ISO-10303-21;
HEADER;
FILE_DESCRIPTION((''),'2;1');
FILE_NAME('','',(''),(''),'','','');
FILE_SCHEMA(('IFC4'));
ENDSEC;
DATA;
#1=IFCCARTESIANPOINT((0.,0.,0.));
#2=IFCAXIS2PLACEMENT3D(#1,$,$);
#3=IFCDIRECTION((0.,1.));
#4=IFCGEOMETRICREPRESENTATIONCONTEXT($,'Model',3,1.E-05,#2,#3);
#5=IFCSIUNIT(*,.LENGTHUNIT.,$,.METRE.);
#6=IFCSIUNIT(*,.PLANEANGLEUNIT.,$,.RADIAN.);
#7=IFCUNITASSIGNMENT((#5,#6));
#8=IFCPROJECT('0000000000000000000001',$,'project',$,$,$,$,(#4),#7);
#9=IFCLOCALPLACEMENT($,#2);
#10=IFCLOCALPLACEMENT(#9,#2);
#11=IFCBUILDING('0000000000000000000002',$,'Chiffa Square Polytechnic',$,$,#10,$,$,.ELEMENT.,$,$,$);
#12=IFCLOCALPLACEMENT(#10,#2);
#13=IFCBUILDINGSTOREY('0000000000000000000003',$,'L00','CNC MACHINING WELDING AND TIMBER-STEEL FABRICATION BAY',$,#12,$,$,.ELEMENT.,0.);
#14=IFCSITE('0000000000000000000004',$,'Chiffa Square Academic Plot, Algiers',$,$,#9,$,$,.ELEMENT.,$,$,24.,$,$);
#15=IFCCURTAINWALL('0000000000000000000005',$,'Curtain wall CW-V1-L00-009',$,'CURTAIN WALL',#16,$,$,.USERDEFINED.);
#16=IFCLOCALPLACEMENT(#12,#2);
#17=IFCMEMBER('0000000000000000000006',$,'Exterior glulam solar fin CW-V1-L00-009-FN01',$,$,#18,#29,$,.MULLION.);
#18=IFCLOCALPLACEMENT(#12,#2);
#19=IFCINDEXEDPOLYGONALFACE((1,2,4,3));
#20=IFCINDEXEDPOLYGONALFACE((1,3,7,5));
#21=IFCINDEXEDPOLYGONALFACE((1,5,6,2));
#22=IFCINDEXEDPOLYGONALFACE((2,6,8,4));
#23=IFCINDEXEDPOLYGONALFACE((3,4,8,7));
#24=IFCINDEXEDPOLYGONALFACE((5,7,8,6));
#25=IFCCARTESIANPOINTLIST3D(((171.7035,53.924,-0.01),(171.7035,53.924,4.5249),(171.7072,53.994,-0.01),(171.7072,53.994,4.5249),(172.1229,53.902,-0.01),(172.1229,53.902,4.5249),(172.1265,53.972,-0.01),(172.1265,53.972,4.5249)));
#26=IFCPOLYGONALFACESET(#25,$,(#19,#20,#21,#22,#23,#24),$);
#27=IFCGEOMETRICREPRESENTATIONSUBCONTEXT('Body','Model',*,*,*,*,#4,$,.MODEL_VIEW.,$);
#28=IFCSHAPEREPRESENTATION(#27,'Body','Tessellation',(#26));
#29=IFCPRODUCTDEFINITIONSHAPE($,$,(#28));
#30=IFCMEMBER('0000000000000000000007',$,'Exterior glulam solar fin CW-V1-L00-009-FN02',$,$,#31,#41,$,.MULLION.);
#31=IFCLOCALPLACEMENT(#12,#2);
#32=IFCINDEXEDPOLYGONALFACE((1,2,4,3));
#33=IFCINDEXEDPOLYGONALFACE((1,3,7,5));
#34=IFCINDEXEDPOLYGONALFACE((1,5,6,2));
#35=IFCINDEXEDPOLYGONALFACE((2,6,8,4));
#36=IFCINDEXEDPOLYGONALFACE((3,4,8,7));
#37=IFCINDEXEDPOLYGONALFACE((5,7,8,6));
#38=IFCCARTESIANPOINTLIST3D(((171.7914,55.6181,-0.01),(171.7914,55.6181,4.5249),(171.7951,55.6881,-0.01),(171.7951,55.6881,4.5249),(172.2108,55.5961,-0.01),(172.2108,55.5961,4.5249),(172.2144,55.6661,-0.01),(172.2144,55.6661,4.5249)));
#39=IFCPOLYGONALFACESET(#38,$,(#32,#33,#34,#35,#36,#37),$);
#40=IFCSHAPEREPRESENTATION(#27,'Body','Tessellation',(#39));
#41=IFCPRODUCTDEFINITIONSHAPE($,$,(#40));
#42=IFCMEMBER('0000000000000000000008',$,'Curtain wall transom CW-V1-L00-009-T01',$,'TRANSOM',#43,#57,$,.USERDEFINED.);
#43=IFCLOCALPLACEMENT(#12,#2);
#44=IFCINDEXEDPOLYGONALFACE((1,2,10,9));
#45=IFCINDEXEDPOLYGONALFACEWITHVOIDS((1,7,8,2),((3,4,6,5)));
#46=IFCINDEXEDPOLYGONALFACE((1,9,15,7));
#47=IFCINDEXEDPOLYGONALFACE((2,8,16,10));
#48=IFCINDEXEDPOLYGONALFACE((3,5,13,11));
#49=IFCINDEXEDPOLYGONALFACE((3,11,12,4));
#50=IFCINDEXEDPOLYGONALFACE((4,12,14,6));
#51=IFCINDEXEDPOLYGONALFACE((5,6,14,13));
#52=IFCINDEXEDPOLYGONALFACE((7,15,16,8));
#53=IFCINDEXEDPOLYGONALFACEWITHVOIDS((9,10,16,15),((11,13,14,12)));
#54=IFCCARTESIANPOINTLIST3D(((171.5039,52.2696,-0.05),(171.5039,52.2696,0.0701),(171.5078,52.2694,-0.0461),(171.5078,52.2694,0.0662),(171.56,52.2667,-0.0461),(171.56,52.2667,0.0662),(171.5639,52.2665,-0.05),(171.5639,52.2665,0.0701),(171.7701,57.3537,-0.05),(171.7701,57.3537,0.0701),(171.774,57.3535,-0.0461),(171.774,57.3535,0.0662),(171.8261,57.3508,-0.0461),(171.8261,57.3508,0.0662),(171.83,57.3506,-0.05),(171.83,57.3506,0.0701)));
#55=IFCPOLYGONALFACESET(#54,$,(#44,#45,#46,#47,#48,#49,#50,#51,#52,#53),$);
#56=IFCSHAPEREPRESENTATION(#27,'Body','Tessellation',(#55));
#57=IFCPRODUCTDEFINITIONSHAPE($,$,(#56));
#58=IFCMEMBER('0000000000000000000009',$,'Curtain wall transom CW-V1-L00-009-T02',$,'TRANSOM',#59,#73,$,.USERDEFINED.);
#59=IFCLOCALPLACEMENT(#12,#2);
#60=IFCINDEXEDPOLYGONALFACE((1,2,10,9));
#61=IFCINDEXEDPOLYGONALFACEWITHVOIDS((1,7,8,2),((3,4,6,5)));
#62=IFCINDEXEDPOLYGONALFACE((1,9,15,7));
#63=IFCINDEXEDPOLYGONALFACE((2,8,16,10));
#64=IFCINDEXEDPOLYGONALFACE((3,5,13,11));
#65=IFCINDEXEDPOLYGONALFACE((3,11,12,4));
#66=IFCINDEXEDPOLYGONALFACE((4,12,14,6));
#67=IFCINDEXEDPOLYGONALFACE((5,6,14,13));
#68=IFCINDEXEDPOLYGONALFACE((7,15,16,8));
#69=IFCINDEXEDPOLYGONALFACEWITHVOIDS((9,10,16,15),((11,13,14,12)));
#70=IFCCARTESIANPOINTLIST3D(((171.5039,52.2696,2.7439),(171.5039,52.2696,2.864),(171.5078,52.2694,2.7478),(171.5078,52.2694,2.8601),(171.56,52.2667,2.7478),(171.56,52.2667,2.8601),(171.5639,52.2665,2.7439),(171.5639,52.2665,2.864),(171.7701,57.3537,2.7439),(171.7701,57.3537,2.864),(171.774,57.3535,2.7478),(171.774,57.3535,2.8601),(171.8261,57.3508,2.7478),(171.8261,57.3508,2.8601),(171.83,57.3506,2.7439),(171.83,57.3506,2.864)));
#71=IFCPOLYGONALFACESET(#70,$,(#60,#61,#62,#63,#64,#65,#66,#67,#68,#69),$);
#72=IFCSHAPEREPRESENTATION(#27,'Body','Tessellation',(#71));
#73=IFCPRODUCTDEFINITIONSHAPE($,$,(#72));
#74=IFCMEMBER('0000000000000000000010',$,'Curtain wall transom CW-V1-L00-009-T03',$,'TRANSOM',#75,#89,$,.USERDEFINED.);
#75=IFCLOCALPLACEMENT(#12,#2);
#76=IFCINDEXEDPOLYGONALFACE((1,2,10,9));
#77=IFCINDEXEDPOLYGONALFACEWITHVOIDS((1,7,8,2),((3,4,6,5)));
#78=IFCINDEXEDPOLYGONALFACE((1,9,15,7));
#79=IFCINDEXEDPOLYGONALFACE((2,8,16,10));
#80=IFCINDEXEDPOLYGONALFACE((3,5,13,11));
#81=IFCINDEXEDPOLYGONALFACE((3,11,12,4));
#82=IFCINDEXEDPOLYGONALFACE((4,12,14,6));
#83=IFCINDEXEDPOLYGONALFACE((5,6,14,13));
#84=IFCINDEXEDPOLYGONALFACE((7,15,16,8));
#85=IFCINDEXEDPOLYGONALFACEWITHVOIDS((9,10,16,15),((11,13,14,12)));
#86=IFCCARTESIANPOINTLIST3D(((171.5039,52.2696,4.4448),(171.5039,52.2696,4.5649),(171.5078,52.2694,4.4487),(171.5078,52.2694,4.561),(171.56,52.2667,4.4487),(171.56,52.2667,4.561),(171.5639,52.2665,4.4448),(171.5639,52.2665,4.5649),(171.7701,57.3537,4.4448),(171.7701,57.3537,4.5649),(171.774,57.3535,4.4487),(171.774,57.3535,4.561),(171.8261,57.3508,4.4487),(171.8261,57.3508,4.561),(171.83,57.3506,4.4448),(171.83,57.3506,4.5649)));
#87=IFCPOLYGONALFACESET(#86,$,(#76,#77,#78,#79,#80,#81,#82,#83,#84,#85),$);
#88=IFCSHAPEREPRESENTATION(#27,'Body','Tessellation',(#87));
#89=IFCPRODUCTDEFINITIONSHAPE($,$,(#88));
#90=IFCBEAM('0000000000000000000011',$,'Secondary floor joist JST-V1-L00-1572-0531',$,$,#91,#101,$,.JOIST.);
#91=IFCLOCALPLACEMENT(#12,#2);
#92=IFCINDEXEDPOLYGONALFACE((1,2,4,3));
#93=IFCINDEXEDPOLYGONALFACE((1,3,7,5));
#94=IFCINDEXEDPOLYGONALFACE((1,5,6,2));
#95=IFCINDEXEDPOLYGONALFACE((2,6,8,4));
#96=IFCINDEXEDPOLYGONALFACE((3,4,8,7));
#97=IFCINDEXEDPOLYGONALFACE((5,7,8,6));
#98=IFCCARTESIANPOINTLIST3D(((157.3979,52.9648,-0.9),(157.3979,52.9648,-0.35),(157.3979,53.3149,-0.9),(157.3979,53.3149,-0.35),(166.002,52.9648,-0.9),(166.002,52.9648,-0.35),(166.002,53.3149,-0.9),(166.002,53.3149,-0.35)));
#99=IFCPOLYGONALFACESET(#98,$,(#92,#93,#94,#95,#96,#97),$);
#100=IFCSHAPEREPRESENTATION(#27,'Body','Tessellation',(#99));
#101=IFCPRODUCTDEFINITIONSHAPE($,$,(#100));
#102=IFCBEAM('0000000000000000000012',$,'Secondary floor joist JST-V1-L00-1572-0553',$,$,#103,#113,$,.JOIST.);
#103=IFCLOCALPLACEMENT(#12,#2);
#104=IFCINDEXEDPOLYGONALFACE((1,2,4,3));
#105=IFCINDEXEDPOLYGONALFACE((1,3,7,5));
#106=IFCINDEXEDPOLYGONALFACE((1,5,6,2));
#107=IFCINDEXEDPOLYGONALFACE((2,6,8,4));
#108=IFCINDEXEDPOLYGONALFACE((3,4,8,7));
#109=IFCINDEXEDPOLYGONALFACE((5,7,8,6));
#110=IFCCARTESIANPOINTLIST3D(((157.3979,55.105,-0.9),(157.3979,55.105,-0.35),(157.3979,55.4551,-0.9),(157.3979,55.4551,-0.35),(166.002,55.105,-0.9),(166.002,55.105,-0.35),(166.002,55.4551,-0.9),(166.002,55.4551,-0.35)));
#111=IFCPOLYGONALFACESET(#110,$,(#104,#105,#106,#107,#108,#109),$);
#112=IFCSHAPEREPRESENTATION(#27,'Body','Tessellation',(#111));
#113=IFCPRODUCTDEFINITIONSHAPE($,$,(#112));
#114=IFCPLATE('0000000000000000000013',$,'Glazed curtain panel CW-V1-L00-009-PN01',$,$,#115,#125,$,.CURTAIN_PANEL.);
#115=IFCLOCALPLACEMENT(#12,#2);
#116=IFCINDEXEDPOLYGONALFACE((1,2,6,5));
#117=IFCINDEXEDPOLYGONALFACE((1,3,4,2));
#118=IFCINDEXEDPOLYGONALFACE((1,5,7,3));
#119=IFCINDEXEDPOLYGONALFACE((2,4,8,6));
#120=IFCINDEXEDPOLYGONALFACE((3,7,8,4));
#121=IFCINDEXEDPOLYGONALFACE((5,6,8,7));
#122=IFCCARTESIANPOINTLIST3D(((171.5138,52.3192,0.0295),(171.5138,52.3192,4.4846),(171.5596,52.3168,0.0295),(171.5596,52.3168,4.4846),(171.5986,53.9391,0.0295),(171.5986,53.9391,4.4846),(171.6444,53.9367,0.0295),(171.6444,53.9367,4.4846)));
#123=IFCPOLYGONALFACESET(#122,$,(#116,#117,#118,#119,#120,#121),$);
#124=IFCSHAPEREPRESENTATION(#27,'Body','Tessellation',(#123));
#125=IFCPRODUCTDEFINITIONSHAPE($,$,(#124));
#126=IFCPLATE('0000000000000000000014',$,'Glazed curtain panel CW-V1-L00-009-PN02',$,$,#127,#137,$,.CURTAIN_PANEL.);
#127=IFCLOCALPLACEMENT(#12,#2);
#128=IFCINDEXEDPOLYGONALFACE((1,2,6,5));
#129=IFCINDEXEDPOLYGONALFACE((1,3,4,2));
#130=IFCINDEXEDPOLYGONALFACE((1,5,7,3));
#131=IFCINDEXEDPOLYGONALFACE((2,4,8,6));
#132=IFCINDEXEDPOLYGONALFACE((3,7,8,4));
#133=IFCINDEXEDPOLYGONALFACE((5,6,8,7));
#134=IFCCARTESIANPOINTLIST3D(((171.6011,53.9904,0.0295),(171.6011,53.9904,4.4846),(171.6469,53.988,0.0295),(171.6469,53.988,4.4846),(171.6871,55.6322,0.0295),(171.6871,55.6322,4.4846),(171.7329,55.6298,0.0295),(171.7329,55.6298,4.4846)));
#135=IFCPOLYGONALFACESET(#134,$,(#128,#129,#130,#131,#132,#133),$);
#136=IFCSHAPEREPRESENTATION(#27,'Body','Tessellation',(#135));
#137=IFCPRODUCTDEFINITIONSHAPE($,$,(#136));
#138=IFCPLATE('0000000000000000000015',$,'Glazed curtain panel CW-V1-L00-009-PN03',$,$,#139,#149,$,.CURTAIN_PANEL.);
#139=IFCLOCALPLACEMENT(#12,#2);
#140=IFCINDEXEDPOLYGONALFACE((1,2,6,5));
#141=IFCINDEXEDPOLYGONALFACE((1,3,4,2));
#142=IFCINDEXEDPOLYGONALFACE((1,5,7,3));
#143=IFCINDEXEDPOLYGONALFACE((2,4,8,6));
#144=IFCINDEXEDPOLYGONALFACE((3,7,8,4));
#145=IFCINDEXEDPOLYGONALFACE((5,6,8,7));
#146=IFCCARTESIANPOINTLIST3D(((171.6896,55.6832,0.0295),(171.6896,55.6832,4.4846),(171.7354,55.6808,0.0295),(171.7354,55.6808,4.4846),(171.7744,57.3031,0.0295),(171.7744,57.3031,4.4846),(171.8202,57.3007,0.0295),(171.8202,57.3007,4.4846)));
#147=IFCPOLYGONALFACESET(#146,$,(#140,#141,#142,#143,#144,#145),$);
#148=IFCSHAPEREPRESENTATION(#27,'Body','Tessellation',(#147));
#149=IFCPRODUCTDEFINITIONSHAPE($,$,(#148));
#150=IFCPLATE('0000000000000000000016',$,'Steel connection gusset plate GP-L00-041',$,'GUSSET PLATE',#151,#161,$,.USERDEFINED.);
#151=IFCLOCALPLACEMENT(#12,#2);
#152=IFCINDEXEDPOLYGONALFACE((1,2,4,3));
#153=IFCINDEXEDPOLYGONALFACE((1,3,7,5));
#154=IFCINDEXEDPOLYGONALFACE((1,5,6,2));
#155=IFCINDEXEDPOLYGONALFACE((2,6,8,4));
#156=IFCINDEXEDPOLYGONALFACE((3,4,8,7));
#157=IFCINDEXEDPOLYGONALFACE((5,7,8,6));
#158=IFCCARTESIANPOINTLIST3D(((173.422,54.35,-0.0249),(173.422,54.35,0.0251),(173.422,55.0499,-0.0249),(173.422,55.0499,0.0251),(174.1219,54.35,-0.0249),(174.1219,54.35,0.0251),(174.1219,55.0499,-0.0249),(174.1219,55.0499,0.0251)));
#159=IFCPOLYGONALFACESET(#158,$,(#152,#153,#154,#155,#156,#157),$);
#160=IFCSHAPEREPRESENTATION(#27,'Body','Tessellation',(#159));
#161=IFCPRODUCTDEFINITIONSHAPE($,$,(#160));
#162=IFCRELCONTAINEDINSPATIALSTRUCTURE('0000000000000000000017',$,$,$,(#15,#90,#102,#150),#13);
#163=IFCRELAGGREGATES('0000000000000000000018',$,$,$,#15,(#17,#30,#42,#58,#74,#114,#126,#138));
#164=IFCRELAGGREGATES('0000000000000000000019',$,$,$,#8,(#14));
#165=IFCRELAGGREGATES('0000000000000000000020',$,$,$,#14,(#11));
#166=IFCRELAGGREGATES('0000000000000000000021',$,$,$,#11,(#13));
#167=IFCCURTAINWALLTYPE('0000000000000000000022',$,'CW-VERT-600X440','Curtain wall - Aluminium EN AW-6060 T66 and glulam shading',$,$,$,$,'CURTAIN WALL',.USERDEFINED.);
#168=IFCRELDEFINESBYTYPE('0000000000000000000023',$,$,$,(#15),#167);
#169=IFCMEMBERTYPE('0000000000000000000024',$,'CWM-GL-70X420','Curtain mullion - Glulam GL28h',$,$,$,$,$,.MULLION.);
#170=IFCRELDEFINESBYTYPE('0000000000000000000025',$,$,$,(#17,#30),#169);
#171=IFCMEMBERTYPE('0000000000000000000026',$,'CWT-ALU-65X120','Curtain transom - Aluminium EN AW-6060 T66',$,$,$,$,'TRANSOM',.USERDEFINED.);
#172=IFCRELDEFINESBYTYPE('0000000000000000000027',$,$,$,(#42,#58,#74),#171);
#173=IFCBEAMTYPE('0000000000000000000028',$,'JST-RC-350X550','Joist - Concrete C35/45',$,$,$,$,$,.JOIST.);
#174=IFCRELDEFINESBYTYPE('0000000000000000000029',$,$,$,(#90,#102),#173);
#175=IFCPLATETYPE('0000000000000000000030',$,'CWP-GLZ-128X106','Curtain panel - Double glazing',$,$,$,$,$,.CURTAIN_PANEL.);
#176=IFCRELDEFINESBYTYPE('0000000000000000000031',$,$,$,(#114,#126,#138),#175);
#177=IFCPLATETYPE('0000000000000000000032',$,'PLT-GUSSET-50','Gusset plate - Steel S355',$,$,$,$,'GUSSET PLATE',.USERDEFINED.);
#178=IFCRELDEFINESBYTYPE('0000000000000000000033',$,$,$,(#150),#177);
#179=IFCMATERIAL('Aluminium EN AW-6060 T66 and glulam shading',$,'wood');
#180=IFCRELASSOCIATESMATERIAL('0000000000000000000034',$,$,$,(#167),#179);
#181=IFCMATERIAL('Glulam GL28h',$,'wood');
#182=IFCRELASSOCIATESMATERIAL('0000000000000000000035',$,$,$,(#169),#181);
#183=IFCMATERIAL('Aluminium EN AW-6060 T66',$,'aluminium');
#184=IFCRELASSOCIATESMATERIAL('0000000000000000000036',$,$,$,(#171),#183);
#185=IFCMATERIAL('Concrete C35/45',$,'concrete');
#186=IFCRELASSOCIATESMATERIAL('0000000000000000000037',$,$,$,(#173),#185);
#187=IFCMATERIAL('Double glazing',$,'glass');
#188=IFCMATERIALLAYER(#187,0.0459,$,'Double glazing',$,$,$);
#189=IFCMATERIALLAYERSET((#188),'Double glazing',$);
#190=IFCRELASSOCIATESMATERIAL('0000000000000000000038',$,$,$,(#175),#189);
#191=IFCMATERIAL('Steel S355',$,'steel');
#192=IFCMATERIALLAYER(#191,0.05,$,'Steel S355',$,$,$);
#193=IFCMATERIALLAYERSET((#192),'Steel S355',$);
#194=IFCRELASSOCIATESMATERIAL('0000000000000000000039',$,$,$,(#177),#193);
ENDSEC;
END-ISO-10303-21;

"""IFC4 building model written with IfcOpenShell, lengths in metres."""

from ifc_helpers import new_model, si_unit, direction, frame, origin, origin_2d, place, context, subcontext, project, spatial, rectangle, hollow_rectangle, extrude, material, layer, layer_set, material_profile, profile_set, type_object, element, aggregate, save


model = new_model("IFC4")

# Units and contexts
model_context = context("Model", 3, precision=1e-05, world=origin(), true_north=direction((0.0, 1.0)))
body_context = subcontext(model_context, "Body", "Model", "MODEL_VIEW")
ifc_project = project(units=[si_unit("LENGTHUNIT", "METRE"), si_unit("PLANEANGLEUNIT", "RADIAN")], contexts=[model_context])

# Site, building, storey
site_placement = place(None, origin())
site = spatial("IfcSite", under=ifc_project, at=site_placement, Name="Chiffa Square Academic Plot, Algiers", CompositionType="ELEMENT", RefElevation=24.0)
building_placement = place(site_placement, origin())
building = spatial("IfcBuilding", under=site, at=building_placement, Name="Chiffa Square Polytechnic", CompositionType="ELEMENT")
storey_placement = place(building_placement, origin())
storey = spatial("IfcBuildingStorey", under=building, at=storey_placement, Name="L00", Description="CNC MACHINING WELDING AND TIMBER-STEEL FABRICATION BAY", CompositionType="ELEMENT", Elevation=0.0)

# Shared definitions
ifc_material_1 = material(Name="Steel S355", Category="steel")

# Curtain wall, members
ifc_material_2 = material(Name="Aluminium EN AW-6060 T66 and glulam shading", Category="wood")
curtain_wall_type = type_object("IfcCurtainWallType", Name="CW-VERT-600X440", Description="Curtain wall - Aluminium EN AW-6060 T66 and glulam shading", ElementType="CURTAIN WALL", PredefinedType="USERDEFINED", material=ifc_material_2)
curtain_wall_placement = place(storey_placement, origin())
curtain_wall = element("IfcCurtainWall", 1, at=curtain_wall_placement, inside=storey, type_object=curtain_wall_type, Name="Curtain wall CW-V1-L00-009", ObjectType="CURTAIN WALL", PredefinedType="USERDEFINED")
ifc_material_3 = material(Name="Aluminium EN AW-6060 T66", Category="aluminium")
ifc_material_4 = material(Name="Glulam GL28h", Category="wood")
ifc_material_profile_1 = material_profile(ifc_material_4, rectangle(XDim=0.0701, YDim=0.4199, at=origin_2d()), Name="GL28h 70x420")
ifc_profile_set_1 = profile_set([ifc_material_profile_1], Name="Glulam GL28h")
member_type_1 = type_object("IfcMemberType", Name="CWM-GL-70X420", Description="Curtain mullion - Glulam GL28h", PredefinedType="MULLION", material=ifc_profile_set_1)
member_1_placement = place(storey_placement, frame((171.915, 53.948, -0.01), z_axis=(0.0, 0.0, 1.0), x_axis=(0.052284, 0.998632, 0.0)))
member_1 = element("IfcMember", 2, at=member_1_placement, type_object=member_type_1, Name="Exterior glulam solar fin CW-V1-L00-009-FN01", PredefinedType="MULLION", context=body_context, shape_type="SweptSolid", body=[
    extrude(rectangle(XDim=0.0701, YDim=0.4199, at=origin_2d()), origin(), (0.0, 0.0, 1.0), 4.5349),
])
member_2_placement = place(storey_placement, frame((172.0029, 55.6421, -0.01), z_axis=(0.0, 0.0, 1.0), x_axis=(0.052284, 0.998632, 0.0)))
member_2 = element("IfcMember", 3, at=member_2_placement, type_object=member_type_1, Name="Exterior glulam solar fin CW-V1-L00-009-FN02", PredefinedType="MULLION", context=body_context, shape_type="SweptSolid", body=[
    extrude(rectangle(XDim=0.0701, YDim=0.4199, at=origin_2d()), origin(), (0.0, 0.0, 1.0), 4.5349),
])
ifc_material_profile_2 = material_profile(ifc_material_3, hollow_rectangle(XDim=0.0601, YDim=0.1201, WallThickness=0.0039, at=origin_2d()), Name="ALU 60x120x4")
ifc_profile_set_2 = profile_set([ifc_material_profile_2], Name="Aluminium EN AW-6060 T66")
member_type_2 = type_object("IfcMemberType", Name="CWT-ALU-65X120", Description="Curtain transom - Aluminium EN AW-6060 T66", ElementType="TRANSOM", PredefinedType="USERDEFINED", material=ifc_profile_set_2)
member_3_placement = place(storey_placement, frame((171.5339, 52.2681, 0.01), z_axis=(0.052272, 0.998633, 0.0), x_axis=(-0.998633, 0.052272, 0.0)))
member_3 = element("IfcMember", 4, at=member_3_placement, type_object=member_type_2, Name="Curtain wall transom CW-V1-L00-009-T01", ObjectType="TRANSOM", PredefinedType="USERDEFINED", context=body_context, shape_type="SweptSolid", body=[
    extrude(hollow_rectangle(XDim=0.0601, YDim=0.1201, WallThickness=0.0039, at=origin_2d()), origin(), (0.0, 0.0, 1.0), 5.0911),
])
member_4_placement = place(storey_placement, frame((171.5339, 52.2681, 2.804), z_axis=(0.052272, 0.998633, 0.0), x_axis=(-0.998633, 0.052272, 0.0)))
member_4 = element("IfcMember", 5, at=member_4_placement, type_object=member_type_2, Name="Curtain wall transom CW-V1-L00-009-T02", ObjectType="TRANSOM", PredefinedType="USERDEFINED", context=body_context, shape_type="SweptSolid", body=[
    extrude(hollow_rectangle(XDim=0.0601, YDim=0.1201, WallThickness=0.0039, at=origin_2d()), origin(), (0.0, 0.0, 1.0), 5.0911),
])
member_5_placement = place(storey_placement, frame((171.5339, 52.2681, 4.5049), z_axis=(0.052272, 0.998633, 0.0), x_axis=(-0.998633, 0.052272, 0.0)))
member_5 = element("IfcMember", 6, at=member_5_placement, type_object=member_type_2, Name="Curtain wall transom CW-V1-L00-009-T03", ObjectType="TRANSOM", PredefinedType="USERDEFINED", context=body_context, shape_type="SweptSolid", body=[
    extrude(hollow_rectangle(XDim=0.0601, YDim=0.1201, WallThickness=0.0039, at=origin_2d()), origin(), (0.0, 0.0, 1.0), 5.0911),
])

# Beams
ifc_material_5 = material(Name="Concrete C35/45", Category="concrete")
ifc_material_profile_3 = material_profile(ifc_material_5, rectangle(XDim=0.3501, YDim=0.55, at=origin_2d()), Name="RC 350x550")
ifc_profile_set_3 = profile_set([ifc_material_profile_3], Name="Concrete C35/45")
beam_type = type_object("IfcBeamType", Name="JST-RC-350X550", Description="Joist - Concrete C35/45", PredefinedType="JOIST", material=ifc_profile_set_3)
for number, where, z_axis, x_axis, name in (
    (7, (157.3979, 53.1399, -0.625), (1.0, 0.0, 0.0), (0.0, 1.0, 0.0), "Secondary floor joist JST-V1-L00-1572-0531"),
    (8, (157.3979, 55.28, -0.625), (1.0, 0.0, 0.0), (0.0, 1.0, 0.0), "Secondary floor joist JST-V1-L00-1572-0553"),
):
    element("IfcBeam", number, at=place(storey_placement, frame(where, z_axis=z_axis, x_axis=x_axis)), inside=storey, type_object=beam_type, Name=name, PredefinedType="JOIST", context=body_context, shape_type="SweptSolid", body=[
        extrude(rectangle(XDim=0.3501, YDim=0.55, at=origin_2d()), origin(), (0.0, 0.0, 1.0), 8.604),
    ])

# Plates
ifc_material_6 = material(Name="Double glazing", Category="glass")
ifc_layer_1 = layer(ifc_material_6, 0.0459, Name="Double glazing")
ifc_layer_set_1 = layer_set([ifc_layer_1], Name="Double glazing")
plate_type_1 = type_object("IfcPlateType", Name="CWP-GLZ-128X106", Description="Curtain panel - Double glazing", PredefinedType="CURTAIN_PANEL", material=ifc_layer_set_1)
plate_1_placement = place(storey_placement, frame((171.5791, 53.1279, 0.0295), z_axis=(0.0, 0.0, 1.0), x_axis=(0.052284, 0.998632, 0.0)))
plate_1 = element("IfcPlate", 9, at=plate_1_placement, type_object=plate_type_1, Name="Glazed curtain panel CW-V1-L00-009-PN01", PredefinedType="CURTAIN_PANEL", context=body_context, shape_type="SweptSolid", body=[
    extrude(rectangle(XDim=1.6221, YDim=0.0459, at=origin_2d()), origin(), (0.0, 0.0, 1.0), 4.4551),
])
plate_2_placement = place(storey_placement, frame((171.667, 54.8101, 0.0295), z_axis=(0.0, 0.0, 1.0), x_axis=(0.052284, 0.998632, 0.0)))
plate_2 = element("IfcPlate", 10, at=plate_2_placement, type_object=plate_type_1, Name="Glazed curtain panel CW-V1-L00-009-PN02", PredefinedType="CURTAIN_PANEL", context=body_context, shape_type="SweptSolid", body=[
    extrude(rectangle(XDim=1.644, YDim=0.0459, at=origin_2d()), origin(), (0.0, 0.0, 1.0), 4.4551),
])
plate_3_placement = place(storey_placement, frame((171.7549, 56.4919, 0.0295), z_axis=(0.0, 0.0, 1.0), x_axis=(0.052284, 0.998632, 0.0)))
plate_3 = element("IfcPlate", 11, at=plate_3_placement, type_object=plate_type_1, Name="Glazed curtain panel CW-V1-L00-009-PN03", PredefinedType="CURTAIN_PANEL", context=body_context, shape_type="SweptSolid", body=[
    extrude(rectangle(XDim=1.6221, YDim=0.0459, at=origin_2d()), origin(), (0.0, 0.0, 1.0), 4.4551),
])
aggregate(curtain_wall, [member_1, member_2, member_3, member_4, member_5, plate_1, plate_2, plate_3])
ifc_layer_2 = layer(ifc_material_1, 0.05, Name="Steel S355")
ifc_layer_set_2 = layer_set([ifc_layer_2], Name="Steel S355")
plate_type_2 = type_object("IfcPlateType", Name="PLT-GUSSET-50", Description="Gusset plate - Steel S355", ElementType="GUSSET PLATE", PredefinedType="USERDEFINED", material=ifc_layer_set_2)
plate_4_placement = place(storey_placement, frame((173.772, 54.7, -0.0249), z_axis=(0.0, 0.0, 1.0), x_axis=(1.0, 0.0, 0.0)))
element("IfcPlate", 12, at=plate_4_placement, inside=storey, type_object=plate_type_2, Name="Steel connection gusset plate GP-L00-041", ObjectType="GUSSET PLATE", PredefinedType="USERDEFINED", context=body_context, shape_type="SweptSolid", body=[
    extrude(rectangle(XDim=0.7, YDim=0.7, at=origin_2d()), origin(), (0.0, 0.0, 1.0), 0.05),
])

save(model, "model.ifc")
